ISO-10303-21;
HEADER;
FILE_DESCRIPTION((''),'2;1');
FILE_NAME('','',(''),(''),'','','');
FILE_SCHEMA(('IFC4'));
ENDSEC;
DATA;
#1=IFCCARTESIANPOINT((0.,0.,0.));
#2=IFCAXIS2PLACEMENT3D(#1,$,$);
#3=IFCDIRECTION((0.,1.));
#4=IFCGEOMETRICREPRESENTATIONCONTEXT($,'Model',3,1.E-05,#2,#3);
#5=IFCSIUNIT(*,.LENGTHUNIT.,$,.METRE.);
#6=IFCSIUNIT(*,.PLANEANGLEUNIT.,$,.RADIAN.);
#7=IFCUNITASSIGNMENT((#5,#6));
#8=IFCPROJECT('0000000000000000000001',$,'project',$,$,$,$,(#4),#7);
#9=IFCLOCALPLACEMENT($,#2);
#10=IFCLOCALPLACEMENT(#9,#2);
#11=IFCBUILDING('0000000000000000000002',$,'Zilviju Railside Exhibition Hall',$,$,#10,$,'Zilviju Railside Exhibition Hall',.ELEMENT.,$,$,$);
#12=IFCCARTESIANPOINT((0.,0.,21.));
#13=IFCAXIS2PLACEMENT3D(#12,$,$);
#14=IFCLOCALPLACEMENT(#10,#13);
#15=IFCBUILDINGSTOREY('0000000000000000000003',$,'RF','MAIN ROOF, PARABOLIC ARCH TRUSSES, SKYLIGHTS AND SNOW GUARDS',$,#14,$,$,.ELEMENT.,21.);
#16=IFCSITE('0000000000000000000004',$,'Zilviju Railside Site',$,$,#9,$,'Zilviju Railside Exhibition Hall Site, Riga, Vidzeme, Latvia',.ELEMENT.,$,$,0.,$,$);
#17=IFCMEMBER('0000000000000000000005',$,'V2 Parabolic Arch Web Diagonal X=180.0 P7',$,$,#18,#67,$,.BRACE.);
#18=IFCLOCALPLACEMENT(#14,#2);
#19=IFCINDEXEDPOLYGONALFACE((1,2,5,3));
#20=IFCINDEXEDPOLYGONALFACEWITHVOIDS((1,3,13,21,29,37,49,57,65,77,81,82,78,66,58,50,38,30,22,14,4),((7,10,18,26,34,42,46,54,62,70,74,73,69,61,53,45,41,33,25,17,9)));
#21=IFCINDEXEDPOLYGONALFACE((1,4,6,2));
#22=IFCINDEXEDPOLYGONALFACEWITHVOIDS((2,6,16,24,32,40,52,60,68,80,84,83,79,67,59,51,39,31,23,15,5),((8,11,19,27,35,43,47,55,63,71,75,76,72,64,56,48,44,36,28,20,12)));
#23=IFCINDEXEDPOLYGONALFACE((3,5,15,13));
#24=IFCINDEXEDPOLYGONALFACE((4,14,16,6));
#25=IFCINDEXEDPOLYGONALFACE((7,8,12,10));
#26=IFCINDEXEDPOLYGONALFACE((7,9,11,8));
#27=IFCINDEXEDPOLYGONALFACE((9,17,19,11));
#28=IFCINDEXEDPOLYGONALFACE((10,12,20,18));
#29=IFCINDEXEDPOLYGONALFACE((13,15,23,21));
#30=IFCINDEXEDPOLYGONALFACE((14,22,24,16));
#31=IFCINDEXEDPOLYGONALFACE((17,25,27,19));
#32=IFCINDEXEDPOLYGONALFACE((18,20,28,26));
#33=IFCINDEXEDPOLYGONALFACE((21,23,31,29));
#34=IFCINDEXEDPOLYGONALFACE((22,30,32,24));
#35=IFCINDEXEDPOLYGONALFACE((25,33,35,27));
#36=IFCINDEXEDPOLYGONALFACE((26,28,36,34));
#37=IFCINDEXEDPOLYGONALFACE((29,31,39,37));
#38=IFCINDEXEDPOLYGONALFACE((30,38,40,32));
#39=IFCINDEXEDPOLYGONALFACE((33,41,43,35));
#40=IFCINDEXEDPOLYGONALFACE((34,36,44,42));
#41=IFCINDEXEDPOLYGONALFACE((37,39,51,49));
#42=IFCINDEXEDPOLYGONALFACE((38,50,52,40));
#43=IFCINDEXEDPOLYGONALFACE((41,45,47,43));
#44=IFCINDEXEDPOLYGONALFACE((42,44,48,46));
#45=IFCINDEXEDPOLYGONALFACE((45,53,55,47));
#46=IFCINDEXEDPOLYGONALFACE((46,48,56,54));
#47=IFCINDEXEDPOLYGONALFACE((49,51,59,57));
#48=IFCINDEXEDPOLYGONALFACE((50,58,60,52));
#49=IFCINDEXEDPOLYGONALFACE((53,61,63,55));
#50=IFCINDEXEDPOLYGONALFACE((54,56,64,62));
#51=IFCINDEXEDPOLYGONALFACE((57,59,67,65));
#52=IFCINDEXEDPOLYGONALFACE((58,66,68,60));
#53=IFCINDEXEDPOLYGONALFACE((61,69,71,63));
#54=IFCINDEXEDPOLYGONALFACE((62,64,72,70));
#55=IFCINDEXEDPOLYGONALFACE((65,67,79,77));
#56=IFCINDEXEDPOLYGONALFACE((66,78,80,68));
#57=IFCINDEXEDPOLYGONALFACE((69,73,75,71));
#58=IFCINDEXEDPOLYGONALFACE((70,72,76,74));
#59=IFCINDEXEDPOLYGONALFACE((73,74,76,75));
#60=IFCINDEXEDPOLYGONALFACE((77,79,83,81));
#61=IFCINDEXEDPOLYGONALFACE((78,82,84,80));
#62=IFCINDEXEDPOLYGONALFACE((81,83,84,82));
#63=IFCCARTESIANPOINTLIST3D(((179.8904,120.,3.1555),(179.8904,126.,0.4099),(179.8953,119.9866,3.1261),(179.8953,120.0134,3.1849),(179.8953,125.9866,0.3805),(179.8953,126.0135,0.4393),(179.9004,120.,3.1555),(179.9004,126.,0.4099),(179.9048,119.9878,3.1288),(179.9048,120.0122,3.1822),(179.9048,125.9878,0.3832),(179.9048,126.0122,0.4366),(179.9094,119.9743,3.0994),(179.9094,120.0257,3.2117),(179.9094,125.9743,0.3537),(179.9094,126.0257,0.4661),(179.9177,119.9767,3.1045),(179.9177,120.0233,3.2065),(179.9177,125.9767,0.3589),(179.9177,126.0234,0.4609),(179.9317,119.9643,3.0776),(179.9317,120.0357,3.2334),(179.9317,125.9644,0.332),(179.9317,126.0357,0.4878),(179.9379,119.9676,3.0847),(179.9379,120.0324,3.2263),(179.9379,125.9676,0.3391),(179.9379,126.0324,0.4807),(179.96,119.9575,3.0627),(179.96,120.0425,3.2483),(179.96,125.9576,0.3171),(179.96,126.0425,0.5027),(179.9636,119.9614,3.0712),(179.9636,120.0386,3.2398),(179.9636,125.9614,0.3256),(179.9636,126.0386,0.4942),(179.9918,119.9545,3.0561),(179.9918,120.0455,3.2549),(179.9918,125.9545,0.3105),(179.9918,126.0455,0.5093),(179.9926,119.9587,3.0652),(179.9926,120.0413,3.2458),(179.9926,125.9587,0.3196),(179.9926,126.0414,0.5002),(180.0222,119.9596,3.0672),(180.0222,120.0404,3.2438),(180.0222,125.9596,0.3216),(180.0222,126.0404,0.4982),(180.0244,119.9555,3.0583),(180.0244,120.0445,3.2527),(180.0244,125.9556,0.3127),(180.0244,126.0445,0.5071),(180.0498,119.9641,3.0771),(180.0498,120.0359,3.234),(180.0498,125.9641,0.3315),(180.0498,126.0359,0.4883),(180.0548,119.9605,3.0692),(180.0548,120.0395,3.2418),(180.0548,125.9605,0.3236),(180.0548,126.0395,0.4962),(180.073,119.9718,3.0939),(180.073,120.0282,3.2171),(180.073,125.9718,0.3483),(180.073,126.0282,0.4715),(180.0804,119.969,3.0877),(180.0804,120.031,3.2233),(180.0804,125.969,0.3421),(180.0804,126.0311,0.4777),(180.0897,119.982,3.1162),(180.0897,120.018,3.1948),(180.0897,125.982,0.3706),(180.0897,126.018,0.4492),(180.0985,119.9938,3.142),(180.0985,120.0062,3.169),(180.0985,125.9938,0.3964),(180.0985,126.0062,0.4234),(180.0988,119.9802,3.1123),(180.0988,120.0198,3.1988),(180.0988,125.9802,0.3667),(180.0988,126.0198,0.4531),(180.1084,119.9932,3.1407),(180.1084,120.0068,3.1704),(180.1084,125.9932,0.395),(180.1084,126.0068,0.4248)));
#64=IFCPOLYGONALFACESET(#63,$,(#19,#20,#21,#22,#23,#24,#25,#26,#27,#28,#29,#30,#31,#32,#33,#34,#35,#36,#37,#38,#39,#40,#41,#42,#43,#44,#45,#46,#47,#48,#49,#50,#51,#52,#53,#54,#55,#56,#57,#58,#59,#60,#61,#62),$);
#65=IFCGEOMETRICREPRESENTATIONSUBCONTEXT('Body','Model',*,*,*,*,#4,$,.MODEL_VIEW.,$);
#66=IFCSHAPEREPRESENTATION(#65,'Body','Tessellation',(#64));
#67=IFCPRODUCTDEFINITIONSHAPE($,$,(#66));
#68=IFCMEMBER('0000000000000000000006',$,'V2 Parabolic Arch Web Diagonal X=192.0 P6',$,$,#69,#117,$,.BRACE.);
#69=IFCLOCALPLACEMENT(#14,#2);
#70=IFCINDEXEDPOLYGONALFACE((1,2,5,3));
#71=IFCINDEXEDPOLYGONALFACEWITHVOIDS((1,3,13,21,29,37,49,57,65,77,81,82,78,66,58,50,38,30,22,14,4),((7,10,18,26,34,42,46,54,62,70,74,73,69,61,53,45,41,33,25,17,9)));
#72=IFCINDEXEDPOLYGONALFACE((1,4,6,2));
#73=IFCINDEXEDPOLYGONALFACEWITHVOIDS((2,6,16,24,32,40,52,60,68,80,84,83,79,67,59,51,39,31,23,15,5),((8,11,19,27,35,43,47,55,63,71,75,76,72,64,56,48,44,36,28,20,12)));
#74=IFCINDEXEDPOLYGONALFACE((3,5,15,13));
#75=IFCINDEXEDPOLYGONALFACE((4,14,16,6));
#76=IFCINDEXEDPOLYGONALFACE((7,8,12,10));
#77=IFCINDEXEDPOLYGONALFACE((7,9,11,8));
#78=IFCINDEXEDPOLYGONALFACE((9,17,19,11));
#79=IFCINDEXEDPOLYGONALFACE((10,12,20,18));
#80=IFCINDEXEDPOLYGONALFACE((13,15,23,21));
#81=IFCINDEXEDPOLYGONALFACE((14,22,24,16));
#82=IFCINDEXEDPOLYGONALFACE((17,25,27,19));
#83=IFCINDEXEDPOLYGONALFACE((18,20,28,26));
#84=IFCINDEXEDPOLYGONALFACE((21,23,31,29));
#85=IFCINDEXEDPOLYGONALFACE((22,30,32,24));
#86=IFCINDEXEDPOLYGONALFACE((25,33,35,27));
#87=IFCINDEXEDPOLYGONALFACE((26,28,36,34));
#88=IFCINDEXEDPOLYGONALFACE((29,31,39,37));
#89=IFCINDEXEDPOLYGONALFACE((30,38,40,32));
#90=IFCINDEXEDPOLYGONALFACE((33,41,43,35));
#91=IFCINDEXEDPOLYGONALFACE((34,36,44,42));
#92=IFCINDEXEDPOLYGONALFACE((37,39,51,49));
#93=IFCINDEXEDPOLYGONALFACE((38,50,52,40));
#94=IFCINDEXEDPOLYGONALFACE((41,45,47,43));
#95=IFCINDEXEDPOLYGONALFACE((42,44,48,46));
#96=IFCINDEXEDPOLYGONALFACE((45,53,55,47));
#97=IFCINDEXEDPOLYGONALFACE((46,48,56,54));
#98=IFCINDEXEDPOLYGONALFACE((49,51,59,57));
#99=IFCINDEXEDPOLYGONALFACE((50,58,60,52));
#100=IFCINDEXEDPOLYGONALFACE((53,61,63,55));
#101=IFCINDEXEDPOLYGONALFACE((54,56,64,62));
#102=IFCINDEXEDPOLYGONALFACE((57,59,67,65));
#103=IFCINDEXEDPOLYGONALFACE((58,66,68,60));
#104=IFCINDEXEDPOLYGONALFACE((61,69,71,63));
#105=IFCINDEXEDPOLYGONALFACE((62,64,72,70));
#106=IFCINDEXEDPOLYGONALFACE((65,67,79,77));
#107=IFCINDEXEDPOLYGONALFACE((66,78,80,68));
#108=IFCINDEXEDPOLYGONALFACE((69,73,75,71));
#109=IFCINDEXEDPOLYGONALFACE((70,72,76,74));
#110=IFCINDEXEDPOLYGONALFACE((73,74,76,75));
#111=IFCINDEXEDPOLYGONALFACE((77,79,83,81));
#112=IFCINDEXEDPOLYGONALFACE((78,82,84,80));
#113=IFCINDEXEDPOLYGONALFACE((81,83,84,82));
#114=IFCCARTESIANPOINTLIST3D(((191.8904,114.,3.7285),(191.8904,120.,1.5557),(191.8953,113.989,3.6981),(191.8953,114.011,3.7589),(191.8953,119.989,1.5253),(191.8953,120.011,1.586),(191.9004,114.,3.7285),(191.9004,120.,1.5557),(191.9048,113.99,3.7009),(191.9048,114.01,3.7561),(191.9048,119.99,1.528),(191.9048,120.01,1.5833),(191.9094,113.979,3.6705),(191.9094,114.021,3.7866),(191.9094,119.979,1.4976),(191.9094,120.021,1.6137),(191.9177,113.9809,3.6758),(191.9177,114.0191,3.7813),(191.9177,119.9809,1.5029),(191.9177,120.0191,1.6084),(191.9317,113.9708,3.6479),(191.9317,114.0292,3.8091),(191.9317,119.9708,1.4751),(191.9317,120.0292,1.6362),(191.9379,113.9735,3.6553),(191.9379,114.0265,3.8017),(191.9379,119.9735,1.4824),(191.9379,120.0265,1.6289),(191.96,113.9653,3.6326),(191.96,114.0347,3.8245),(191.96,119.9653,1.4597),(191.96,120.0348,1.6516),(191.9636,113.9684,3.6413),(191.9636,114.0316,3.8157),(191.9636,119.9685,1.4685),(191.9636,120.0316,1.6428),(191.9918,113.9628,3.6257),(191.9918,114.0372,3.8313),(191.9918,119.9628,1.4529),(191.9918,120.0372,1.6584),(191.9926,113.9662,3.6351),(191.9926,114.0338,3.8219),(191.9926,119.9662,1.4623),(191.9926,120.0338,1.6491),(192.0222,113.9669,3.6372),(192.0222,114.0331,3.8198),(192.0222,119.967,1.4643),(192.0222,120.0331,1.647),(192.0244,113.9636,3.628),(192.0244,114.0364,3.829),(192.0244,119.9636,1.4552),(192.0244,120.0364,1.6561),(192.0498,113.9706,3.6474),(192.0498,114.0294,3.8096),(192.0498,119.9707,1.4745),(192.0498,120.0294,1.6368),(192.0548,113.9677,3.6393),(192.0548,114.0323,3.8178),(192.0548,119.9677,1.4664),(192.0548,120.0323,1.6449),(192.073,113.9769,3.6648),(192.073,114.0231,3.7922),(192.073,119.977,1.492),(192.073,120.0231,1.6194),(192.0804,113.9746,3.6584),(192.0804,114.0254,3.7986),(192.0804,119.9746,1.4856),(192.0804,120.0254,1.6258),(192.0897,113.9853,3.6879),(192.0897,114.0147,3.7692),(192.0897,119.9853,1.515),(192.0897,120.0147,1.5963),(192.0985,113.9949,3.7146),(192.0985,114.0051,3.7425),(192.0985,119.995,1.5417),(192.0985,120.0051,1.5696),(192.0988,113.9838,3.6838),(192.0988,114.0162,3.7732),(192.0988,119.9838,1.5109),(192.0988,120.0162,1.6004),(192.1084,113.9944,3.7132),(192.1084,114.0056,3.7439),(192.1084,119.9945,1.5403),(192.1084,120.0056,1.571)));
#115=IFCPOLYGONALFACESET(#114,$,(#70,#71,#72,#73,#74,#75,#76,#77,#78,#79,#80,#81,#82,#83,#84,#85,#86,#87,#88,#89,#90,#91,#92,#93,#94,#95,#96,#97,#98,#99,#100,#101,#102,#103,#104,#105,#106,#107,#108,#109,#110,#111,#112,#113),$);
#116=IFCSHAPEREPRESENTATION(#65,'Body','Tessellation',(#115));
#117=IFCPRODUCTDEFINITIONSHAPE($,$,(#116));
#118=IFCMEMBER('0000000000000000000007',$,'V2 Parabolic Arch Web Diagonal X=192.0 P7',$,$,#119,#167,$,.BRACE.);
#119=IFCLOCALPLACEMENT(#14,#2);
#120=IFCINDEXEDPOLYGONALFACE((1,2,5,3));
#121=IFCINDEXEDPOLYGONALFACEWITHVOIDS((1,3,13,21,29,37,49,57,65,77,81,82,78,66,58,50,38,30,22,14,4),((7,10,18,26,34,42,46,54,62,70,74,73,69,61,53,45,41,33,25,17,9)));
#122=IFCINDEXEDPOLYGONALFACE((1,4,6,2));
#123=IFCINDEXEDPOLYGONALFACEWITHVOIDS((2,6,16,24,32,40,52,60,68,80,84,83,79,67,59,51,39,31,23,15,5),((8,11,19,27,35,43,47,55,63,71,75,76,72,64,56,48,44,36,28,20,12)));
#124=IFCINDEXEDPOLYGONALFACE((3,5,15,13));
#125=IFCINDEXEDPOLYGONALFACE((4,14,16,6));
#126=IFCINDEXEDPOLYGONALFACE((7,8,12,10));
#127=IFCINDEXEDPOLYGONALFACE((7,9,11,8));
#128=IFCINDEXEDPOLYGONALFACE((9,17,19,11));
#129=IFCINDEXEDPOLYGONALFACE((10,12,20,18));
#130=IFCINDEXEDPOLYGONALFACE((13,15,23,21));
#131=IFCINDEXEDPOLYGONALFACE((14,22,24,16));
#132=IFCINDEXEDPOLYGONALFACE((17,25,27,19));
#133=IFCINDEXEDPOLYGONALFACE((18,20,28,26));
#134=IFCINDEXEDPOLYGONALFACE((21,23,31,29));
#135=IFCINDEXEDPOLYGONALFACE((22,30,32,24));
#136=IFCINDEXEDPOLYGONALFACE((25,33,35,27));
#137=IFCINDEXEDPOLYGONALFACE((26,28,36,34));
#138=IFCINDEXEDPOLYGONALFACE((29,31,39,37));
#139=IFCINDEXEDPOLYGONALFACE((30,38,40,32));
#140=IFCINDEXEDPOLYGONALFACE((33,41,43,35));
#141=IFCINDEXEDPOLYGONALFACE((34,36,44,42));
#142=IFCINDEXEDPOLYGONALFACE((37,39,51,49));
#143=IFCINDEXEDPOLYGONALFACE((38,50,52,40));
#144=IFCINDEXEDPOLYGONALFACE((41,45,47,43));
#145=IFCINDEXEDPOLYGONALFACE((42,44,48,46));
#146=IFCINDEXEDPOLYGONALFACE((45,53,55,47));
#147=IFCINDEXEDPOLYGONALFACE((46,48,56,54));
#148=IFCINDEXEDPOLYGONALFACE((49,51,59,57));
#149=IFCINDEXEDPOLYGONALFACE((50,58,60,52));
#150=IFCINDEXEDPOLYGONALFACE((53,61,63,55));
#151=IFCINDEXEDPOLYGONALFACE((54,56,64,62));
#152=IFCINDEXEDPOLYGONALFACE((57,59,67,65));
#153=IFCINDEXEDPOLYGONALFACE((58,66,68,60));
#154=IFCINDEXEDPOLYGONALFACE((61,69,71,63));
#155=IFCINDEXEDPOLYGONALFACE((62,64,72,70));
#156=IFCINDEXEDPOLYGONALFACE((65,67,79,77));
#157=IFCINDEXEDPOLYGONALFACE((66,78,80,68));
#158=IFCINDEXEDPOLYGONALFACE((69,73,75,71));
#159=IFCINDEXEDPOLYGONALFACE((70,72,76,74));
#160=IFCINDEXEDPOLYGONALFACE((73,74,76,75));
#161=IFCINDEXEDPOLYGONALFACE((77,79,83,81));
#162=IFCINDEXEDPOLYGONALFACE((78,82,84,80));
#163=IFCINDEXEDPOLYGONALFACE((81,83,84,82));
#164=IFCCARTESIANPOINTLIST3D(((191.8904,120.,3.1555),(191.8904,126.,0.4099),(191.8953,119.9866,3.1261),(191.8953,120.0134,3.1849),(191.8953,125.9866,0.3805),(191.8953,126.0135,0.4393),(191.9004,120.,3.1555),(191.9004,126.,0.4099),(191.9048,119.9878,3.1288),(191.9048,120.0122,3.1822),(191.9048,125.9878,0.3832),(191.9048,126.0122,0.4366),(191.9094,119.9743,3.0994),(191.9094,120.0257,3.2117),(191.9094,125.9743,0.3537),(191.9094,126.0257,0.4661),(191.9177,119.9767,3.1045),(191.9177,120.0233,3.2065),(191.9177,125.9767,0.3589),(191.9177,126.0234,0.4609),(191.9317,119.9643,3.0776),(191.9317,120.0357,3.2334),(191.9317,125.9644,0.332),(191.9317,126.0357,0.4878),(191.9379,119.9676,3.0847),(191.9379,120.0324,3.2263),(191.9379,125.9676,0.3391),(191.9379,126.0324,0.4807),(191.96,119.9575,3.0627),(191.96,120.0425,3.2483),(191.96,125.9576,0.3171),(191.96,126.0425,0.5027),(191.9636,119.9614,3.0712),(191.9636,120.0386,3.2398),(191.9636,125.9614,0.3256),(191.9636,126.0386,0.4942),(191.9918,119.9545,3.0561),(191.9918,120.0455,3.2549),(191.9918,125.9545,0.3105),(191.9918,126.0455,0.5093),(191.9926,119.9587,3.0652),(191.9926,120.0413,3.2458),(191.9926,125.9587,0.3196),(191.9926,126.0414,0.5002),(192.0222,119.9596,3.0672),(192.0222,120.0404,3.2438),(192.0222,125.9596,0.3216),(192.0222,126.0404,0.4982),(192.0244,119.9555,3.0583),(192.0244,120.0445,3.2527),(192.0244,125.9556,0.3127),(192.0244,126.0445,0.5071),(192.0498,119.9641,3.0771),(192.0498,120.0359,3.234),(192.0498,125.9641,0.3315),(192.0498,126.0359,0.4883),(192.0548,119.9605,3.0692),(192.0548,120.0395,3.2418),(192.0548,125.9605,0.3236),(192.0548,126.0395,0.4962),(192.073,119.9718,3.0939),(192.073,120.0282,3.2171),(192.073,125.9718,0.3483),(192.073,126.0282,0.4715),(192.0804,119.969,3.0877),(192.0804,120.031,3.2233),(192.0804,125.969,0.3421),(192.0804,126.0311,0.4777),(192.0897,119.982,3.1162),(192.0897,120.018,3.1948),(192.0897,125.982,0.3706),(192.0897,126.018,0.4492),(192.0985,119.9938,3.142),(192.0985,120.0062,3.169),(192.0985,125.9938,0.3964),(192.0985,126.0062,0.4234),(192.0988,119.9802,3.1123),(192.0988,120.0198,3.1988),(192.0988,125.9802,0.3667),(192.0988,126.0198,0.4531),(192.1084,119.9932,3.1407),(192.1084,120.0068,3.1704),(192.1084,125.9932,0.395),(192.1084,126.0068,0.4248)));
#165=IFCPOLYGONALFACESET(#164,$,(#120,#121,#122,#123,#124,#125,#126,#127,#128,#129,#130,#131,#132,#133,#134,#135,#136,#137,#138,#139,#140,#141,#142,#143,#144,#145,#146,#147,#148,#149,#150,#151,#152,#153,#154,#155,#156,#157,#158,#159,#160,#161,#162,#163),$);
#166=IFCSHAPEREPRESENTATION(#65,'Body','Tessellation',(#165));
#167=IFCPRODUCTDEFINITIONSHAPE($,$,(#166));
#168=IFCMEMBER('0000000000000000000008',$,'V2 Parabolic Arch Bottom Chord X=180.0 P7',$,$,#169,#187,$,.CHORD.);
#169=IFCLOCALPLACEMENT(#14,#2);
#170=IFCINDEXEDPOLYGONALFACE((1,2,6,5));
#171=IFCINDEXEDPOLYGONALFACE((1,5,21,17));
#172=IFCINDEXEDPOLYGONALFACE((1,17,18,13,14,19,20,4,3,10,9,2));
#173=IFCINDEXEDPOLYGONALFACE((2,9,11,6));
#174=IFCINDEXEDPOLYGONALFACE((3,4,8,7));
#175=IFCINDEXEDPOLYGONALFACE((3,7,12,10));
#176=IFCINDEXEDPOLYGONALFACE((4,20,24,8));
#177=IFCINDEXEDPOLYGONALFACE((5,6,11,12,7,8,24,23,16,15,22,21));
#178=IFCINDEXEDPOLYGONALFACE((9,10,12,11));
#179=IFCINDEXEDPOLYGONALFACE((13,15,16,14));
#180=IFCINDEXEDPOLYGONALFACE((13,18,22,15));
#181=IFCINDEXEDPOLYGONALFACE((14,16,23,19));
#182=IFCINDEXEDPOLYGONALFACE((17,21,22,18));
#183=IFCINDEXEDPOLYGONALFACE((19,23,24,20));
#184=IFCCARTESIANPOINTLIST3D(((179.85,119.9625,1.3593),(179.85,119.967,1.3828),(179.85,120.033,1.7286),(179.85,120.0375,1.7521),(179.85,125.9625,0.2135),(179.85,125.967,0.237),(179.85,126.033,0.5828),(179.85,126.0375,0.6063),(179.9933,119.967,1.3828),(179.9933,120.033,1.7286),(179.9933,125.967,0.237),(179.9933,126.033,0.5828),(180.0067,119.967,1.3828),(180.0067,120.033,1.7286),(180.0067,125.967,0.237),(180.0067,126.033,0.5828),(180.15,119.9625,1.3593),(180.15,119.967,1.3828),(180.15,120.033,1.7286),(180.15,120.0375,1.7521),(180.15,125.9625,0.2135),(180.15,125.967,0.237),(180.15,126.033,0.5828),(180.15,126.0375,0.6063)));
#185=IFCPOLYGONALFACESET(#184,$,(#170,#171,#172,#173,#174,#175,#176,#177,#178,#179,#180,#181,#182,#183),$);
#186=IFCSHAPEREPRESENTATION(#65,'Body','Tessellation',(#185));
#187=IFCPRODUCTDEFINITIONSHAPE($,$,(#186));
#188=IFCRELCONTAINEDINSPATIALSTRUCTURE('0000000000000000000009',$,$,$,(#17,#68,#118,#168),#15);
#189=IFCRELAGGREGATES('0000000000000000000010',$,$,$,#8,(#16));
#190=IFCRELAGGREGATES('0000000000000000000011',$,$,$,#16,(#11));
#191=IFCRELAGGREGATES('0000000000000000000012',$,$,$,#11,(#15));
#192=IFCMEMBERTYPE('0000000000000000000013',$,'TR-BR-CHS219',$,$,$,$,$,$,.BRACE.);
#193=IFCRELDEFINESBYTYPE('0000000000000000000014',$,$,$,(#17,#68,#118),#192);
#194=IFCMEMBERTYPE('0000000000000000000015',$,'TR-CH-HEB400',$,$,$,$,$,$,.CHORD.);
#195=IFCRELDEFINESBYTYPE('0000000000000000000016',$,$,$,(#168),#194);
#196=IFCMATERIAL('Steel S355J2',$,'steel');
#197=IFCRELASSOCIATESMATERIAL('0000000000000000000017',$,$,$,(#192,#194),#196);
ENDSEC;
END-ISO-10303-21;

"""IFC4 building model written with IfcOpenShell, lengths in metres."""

from ifc_helpers import new_model, si_unit, direction, frame, origin, origin_2d, place, context, subcontext, project, spatial, hollow_circle, i_section, extrude, material, material_profile, profile_set, type_object, element, save


model = new_model("IFC4")

# Units and contexts
model_context = context("Model", 3, precision=1e-05, world=origin(), true_north=direction((0.0, 1.0)))
body_context = subcontext(model_context, "Body", "Model", "MODEL_VIEW")
ifc_project = project(units=[si_unit("LENGTHUNIT", "METRE"), si_unit("PLANEANGLEUNIT", "RADIAN")], contexts=[model_context])

# Site, building, storey
site_placement = place(None, origin())
site = spatial("IfcSite", under=ifc_project, at=site_placement, Name="Zilviju Railside Site", LongName="Zilviju Railside Exhibition Hall Site, Riga, Vidzeme, Latvia", CompositionType="ELEMENT", RefElevation=0.0)
building_placement = place(site_placement, origin())
building = spatial("IfcBuilding", under=site, at=building_placement, Name="Zilviju Railside Exhibition Hall", LongName="Zilviju Railside Exhibition Hall", CompositionType="ELEMENT")
storey_placement = place(building_placement, frame((0.0, 0.0, 21.0)))
storey = spatial("IfcBuildingStorey", under=building, at=storey_placement, Name="RF", Description="MAIN ROOF, PARABOLIC ARCH TRUSSES, SKYLIGHTS AND SNOW GUARDS", CompositionType="ELEMENT", Elevation=21.0)

# Members
ifc_material_1 = material(Name="Steel S355J2", Category="steel")
ifc_material_profile_1 = material_profile(ifc_material_1, hollow_circle(Radius=0.1096, WallThickness=0.01, at=origin_2d()), Name="CHS 219.1x10.0")
ifc_profile_set_1 = profile_set([ifc_material_profile_1], Name="Steel S355J2")
member_type_1 = type_object("IfcMemberType", Name="TR-BR-CHS219", PredefinedType="BRACE", material=ifc_profile_set_1)
member_1_placement = place(storey_placement, frame((180.0, 120.0, 3.1555), z_axis=(0.0, 0.909317, -0.416104), x_axis=(-1.0, 0.0, 0.0)))
element("IfcMember", 1, at=member_1_placement, inside=storey, type_object=member_type_1, Name="V2 Parabolic Arch Web Diagonal X=180.0 P7", PredefinedType="BRACE", context=body_context, shape_type="SweptSolid", body=[
    extrude(hollow_circle(Radius=0.1096, WallThickness=0.01, at=origin_2d()), origin(), (0.0, 0.0, 1.0), 6.5984),
])
member_2_placement = place(storey_placement, frame((192.0, 114.0, 3.7285), z_axis=(0.0, 0.940244, -0.340502), x_axis=(-1.0, 0.0, 0.0)))
element("IfcMember", 2, at=member_2_placement, inside=storey, type_object=member_type_1, Name="V2 Parabolic Arch Web Diagonal X=192.0 P6", PredefinedType="BRACE", context=body_context, shape_type="SweptSolid", body=[
    extrude(hollow_circle(Radius=0.1096, WallThickness=0.01, at=origin_2d()), origin(), (0.0, 0.0, 1.0), 6.3813),
])
member_3_placement = place(storey_placement, frame((192.0, 120.0, 3.1555), z_axis=(0.0, 0.909317, -0.416104), x_axis=(-1.0, 0.0, 0.0)))
element("IfcMember", 3, at=member_3_placement, inside=storey, type_object=member_type_1, Name="V2 Parabolic Arch Web Diagonal X=192.0 P7", PredefinedType="BRACE", context=body_context, shape_type="SweptSolid", body=[
    extrude(hollow_circle(Radius=0.1096, WallThickness=0.01, at=origin_2d()), origin(), (0.0, 0.0, 1.0), 6.5984),
])
ifc_material_profile_2 = material_profile(ifc_material_1, i_section(OverallWidth=0.3, OverallDepth=0.3999, WebThickness=0.0134, FlangeThickness=0.0239, at=origin_2d()), Name="HEB 400")
ifc_profile_set_2 = profile_set([ifc_material_profile_2], Name="Steel S355J2")
member_type_2 = type_object("IfcMemberType", Name="TR-CH-HEB400", PredefinedType="CHORD", material=ifc_profile_set_2)
member_4_placement = place(storey_placement, frame((180.0, 120.0, 1.5557), z_axis=(0.0, 0.982251, -0.187569), x_axis=(-1.0, 0.0, 0.0)))
element("IfcMember", 4, at=member_4_placement, inside=storey, type_object=member_type_2, Name="V2 Parabolic Arch Bottom Chord X=180.0 P7", PredefinedType="CHORD", context=body_context, shape_type="SweptSolid", body=[
    extrude(i_section(OverallWidth=0.3, OverallDepth=0.3999, WebThickness=0.0134, FlangeThickness=0.0239, at=origin_2d()), origin(), (0.0, 0.0, 1.0), 6.1084),
])

save(model, "model.ifc")
